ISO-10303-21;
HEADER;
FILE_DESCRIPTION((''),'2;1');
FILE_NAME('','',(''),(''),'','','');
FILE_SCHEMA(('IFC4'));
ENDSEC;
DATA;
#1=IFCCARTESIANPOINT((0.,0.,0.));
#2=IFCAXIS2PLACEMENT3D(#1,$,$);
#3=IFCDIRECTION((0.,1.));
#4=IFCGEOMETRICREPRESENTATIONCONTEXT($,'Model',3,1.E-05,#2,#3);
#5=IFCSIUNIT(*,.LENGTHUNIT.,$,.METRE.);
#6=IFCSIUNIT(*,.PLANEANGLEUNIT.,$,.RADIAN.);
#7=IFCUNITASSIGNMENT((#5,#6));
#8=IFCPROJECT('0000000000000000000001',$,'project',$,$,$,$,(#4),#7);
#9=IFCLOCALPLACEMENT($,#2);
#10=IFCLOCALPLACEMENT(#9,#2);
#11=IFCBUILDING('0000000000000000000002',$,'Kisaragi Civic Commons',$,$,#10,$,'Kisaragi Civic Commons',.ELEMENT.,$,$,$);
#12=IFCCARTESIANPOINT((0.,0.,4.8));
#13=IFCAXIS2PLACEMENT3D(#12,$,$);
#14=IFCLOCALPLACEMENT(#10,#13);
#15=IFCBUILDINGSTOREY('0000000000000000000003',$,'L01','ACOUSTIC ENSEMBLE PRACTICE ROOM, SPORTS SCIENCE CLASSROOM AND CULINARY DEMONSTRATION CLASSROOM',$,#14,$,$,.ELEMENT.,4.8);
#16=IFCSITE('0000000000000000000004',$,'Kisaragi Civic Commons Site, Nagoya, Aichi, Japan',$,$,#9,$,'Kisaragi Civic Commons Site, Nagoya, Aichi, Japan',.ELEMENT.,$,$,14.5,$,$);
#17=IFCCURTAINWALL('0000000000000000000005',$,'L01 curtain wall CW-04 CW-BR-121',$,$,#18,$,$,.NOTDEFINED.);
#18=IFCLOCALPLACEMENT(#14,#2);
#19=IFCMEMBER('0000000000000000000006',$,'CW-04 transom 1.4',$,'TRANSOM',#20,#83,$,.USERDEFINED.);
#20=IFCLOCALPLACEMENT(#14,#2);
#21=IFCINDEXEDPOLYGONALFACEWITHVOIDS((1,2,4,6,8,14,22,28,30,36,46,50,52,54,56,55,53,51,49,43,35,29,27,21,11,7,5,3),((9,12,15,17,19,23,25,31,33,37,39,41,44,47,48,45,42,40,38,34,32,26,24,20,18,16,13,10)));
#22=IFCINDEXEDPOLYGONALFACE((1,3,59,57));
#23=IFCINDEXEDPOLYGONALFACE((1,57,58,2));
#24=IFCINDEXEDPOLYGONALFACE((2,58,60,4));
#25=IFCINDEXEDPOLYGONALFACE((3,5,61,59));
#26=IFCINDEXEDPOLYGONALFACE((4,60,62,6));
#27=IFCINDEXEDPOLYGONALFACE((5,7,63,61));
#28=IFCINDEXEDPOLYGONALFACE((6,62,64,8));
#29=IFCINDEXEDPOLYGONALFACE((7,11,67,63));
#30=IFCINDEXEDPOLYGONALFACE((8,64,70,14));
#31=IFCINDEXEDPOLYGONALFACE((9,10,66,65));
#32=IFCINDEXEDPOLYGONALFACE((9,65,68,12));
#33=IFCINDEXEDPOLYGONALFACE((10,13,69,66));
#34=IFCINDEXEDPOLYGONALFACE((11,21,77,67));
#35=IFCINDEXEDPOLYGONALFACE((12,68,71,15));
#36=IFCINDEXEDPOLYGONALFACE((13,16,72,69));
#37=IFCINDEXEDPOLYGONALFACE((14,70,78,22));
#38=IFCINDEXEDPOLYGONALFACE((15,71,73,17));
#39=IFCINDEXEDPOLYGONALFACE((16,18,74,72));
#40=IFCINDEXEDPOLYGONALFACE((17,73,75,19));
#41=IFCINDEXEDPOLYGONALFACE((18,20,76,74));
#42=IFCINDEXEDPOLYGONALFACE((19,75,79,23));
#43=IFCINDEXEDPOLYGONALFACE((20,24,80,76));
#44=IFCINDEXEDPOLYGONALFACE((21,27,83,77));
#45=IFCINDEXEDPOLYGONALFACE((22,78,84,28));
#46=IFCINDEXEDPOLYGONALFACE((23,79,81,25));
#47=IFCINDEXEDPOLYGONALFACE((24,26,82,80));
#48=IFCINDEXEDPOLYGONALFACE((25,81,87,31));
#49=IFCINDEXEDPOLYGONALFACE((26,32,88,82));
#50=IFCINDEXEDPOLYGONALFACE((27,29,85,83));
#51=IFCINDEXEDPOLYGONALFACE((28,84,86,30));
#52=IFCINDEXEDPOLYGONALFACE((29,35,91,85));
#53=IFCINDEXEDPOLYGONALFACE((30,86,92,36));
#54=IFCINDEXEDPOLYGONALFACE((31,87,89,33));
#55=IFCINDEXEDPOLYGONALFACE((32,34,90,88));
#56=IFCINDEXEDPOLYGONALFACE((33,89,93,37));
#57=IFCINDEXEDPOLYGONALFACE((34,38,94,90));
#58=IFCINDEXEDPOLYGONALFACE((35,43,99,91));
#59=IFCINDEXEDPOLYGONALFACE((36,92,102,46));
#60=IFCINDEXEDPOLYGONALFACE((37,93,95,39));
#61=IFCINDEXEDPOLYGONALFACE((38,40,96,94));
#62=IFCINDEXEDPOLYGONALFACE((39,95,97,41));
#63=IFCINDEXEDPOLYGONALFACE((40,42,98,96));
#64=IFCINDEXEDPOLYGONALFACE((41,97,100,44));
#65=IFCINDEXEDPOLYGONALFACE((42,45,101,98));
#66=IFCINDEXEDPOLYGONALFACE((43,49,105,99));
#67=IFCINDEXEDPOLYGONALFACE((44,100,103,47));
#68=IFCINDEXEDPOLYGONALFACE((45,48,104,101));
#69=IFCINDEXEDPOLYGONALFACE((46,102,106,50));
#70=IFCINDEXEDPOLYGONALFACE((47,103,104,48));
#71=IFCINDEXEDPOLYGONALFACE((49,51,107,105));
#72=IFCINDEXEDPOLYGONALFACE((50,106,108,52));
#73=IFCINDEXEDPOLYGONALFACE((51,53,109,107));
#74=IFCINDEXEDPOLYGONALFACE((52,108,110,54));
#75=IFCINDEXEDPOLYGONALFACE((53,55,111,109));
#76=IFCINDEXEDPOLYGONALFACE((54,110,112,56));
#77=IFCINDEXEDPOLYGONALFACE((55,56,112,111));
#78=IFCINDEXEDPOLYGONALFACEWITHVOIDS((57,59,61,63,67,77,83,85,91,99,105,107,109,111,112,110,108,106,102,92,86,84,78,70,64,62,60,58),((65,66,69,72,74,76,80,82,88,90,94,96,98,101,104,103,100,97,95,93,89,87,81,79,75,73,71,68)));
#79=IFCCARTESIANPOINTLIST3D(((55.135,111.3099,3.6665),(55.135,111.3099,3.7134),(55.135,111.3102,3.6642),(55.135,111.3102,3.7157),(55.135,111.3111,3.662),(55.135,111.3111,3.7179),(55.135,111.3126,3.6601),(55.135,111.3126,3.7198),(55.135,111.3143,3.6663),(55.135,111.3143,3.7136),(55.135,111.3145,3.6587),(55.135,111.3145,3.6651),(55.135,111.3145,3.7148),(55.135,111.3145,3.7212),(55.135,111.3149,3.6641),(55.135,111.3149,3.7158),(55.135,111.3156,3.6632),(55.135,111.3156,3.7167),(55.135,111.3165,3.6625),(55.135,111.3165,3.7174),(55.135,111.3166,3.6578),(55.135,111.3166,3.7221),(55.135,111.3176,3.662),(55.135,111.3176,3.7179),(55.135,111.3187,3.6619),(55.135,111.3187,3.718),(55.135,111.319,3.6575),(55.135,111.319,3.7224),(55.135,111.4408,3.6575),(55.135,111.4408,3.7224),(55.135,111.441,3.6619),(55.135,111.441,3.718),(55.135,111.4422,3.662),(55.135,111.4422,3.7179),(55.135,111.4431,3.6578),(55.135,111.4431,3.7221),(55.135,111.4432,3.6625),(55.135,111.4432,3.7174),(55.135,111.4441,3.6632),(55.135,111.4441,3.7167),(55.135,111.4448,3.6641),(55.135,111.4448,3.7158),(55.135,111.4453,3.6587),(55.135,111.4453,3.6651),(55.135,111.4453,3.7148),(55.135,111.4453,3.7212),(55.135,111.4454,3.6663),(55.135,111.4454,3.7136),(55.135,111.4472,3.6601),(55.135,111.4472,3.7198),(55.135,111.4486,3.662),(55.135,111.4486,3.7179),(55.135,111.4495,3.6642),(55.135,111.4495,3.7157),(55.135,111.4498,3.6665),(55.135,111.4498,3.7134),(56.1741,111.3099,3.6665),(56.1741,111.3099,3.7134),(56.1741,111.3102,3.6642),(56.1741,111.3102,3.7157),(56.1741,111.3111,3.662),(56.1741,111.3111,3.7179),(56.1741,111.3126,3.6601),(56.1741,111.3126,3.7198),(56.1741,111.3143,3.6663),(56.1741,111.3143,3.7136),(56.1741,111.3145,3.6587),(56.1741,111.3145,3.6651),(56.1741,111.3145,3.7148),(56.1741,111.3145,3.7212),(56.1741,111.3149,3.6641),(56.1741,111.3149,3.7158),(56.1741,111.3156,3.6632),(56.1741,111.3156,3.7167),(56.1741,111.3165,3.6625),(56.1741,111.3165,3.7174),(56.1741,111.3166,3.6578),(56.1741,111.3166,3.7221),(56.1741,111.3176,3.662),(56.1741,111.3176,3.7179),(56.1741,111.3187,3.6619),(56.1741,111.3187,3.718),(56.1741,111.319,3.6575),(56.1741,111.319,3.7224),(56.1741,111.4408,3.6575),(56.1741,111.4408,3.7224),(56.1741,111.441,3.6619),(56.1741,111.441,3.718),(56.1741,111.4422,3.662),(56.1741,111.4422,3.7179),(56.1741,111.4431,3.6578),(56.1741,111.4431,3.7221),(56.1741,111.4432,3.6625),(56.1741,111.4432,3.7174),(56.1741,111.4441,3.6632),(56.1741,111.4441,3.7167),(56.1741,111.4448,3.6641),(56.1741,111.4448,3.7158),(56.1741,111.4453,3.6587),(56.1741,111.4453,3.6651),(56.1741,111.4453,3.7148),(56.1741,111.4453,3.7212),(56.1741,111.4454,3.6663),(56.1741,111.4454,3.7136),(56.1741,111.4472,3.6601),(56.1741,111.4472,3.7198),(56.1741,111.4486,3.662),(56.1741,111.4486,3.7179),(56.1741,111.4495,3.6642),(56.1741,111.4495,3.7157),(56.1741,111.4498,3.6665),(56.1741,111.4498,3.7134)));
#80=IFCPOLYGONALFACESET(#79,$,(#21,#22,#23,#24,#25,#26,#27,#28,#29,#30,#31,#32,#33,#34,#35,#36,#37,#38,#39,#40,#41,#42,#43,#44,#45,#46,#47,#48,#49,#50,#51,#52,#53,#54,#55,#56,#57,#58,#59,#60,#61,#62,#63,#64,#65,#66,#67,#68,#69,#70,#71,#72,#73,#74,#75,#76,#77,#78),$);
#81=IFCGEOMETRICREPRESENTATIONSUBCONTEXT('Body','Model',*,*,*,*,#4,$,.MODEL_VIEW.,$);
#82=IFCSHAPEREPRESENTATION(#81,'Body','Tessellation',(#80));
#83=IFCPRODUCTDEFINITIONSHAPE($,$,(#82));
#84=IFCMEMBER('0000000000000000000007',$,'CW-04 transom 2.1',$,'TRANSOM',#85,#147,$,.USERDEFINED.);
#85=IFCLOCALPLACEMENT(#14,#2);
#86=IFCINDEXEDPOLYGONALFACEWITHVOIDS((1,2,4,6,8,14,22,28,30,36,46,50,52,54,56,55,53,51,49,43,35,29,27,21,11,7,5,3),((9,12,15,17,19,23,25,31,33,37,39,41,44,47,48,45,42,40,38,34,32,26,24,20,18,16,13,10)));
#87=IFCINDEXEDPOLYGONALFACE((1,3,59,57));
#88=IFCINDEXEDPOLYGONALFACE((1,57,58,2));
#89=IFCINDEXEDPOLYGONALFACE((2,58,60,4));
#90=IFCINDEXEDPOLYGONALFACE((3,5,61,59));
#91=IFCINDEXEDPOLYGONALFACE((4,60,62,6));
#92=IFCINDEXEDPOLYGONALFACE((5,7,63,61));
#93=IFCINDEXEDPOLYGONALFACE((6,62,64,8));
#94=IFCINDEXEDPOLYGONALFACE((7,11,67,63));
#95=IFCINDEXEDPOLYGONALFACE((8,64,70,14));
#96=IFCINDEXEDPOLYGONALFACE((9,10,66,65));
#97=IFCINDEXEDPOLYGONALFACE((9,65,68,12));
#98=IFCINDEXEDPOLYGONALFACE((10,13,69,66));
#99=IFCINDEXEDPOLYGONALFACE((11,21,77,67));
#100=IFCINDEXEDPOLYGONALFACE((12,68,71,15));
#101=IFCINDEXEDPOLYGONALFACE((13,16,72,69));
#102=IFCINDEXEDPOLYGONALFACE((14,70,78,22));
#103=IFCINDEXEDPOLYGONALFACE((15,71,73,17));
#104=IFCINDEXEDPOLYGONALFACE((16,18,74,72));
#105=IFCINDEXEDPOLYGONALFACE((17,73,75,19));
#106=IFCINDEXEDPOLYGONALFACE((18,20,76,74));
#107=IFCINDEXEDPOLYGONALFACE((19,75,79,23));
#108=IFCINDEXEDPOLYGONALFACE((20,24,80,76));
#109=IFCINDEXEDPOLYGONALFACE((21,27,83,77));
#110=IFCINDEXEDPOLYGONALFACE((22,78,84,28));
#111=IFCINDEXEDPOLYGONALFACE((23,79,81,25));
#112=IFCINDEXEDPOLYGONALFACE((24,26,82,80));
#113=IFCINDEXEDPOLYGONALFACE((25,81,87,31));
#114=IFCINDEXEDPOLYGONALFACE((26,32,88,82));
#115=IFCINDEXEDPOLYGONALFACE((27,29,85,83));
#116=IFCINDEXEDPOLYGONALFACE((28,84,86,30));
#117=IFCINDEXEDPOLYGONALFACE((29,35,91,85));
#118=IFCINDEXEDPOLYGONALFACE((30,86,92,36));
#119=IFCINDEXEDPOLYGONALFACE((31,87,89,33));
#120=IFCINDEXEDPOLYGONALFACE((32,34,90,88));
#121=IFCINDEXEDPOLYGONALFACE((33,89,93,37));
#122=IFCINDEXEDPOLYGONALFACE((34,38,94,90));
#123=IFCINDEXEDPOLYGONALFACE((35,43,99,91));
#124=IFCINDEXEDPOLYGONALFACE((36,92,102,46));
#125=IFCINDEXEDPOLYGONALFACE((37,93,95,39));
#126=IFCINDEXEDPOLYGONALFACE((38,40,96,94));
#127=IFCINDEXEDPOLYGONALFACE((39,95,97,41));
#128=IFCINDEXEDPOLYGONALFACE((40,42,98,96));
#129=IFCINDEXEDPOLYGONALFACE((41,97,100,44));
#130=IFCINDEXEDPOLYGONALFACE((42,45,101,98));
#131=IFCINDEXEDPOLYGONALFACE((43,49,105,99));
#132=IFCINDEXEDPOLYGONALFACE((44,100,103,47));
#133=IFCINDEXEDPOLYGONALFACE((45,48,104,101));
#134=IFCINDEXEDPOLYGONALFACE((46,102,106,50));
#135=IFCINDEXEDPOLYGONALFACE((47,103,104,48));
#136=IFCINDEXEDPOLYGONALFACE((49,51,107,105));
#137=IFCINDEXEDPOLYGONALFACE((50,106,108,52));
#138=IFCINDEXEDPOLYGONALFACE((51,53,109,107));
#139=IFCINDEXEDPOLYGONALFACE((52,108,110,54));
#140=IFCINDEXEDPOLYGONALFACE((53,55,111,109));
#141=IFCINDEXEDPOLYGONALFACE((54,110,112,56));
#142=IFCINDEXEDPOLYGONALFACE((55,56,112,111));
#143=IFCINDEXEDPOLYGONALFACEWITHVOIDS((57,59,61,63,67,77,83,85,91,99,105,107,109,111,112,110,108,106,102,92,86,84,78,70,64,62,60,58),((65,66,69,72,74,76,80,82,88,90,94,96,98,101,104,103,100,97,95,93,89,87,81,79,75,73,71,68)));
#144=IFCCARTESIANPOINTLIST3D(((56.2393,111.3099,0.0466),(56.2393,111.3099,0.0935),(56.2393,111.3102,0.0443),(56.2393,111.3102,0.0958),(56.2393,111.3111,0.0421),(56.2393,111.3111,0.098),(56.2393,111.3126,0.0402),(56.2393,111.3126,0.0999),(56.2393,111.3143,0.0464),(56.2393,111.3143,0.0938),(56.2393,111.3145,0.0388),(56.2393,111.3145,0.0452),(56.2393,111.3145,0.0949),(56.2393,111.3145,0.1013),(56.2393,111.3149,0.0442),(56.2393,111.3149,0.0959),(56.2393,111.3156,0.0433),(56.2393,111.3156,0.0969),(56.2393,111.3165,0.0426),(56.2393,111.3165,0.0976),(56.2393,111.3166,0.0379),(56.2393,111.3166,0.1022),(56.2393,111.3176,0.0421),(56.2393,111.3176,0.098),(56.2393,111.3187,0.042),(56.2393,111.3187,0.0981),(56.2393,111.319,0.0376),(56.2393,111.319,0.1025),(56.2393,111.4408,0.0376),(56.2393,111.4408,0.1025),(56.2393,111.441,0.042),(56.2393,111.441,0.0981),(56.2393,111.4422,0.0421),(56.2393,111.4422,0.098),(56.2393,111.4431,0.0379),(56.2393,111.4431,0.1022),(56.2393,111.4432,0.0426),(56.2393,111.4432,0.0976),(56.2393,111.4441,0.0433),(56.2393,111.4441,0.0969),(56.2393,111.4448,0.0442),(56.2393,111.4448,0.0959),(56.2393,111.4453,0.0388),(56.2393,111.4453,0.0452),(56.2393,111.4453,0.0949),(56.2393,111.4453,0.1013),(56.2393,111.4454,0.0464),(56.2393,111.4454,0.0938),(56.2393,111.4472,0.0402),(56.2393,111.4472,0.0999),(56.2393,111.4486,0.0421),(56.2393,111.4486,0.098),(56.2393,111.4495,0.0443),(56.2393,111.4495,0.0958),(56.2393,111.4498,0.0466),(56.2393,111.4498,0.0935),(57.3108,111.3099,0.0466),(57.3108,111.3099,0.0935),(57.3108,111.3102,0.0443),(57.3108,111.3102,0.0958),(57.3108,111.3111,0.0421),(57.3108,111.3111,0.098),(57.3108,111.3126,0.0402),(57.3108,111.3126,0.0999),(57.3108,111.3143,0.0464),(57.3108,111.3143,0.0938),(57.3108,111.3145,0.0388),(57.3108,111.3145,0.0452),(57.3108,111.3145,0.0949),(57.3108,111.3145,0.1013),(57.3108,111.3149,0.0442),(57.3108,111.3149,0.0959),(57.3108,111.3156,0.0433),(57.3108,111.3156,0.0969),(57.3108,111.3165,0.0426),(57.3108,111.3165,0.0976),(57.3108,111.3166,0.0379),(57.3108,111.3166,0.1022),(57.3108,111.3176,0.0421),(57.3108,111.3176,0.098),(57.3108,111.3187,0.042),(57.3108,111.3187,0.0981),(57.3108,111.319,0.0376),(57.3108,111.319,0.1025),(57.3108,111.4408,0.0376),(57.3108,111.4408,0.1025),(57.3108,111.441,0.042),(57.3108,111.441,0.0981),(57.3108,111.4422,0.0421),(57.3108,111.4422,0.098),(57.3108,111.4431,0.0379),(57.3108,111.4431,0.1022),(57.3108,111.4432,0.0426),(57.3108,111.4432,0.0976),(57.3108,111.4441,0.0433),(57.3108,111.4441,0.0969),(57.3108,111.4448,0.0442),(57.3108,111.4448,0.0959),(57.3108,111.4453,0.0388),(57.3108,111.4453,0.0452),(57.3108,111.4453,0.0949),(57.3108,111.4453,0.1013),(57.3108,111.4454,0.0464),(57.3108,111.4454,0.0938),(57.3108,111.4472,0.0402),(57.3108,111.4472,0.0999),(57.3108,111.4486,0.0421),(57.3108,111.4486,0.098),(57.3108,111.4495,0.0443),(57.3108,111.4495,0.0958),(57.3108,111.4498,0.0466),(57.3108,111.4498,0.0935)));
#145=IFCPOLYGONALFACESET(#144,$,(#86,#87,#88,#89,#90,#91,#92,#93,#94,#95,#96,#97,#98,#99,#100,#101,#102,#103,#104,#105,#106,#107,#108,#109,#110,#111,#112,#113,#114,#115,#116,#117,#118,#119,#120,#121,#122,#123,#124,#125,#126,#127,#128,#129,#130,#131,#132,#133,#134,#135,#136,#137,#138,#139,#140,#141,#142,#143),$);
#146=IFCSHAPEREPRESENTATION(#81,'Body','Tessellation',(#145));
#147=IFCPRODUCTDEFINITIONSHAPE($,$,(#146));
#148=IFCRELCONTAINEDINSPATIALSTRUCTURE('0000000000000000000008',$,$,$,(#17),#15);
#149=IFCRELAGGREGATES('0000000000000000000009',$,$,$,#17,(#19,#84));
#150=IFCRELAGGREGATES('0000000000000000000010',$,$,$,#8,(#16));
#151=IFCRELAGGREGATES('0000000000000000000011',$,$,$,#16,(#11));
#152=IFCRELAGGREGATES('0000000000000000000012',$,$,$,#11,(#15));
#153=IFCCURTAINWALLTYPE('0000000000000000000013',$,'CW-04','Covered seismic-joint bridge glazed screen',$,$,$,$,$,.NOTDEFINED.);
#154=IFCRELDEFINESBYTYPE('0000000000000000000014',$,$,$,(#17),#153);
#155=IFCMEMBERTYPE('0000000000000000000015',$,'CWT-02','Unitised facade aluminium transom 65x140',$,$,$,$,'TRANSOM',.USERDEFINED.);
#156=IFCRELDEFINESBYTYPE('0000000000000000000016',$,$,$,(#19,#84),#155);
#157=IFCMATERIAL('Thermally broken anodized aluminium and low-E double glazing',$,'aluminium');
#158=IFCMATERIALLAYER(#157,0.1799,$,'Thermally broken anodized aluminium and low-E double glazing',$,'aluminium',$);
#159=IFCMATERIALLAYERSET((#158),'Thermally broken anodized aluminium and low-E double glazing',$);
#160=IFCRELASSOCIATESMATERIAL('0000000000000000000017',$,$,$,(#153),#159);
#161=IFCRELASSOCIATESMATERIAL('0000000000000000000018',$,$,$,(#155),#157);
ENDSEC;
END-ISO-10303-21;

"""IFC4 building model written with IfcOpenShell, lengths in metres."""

from ifc_helpers import new_model, si_unit, direction, frame, origin, origin_2d, place, context, subcontext, project, spatial, hollow_rectangle, extrude, material, layer, layer_set, material_profile, profile_set, type_object, element, aggregate, save


model = new_model("IFC4")

# Units and contexts
model_context = context("Model", 3, precision=1e-05, world=origin(), true_north=direction((0.0, 1.0)))
body_context = subcontext(model_context, "Body", "Model", "MODEL_VIEW")
ifc_project = project(units=[si_unit("LENGTHUNIT", "METRE"), si_unit("PLANEANGLEUNIT", "RADIAN")], contexts=[model_context])

# Site, building, storey
site_placement = place(None, origin())
site = spatial("IfcSite", under=ifc_project, at=site_placement, Name="Kisaragi Civic Commons Site, Nagoya, Aichi, Japan", LongName="Kisaragi Civic Commons Site, Nagoya, Aichi, Japan", CompositionType="ELEMENT", RefElevation=14.5)
building_placement = place(site_placement, origin())
building = spatial("IfcBuilding", under=site, at=building_placement, Name="Kisaragi Civic Commons", LongName="Kisaragi Civic Commons", CompositionType="ELEMENT")
storey_placement = place(building_placement, frame((0.0, 0.0, 4.8)))
storey = spatial("IfcBuildingStorey", under=building, at=storey_placement, Name="L01", Description="ACOUSTIC ENSEMBLE PRACTICE ROOM, SPORTS SCIENCE CLASSROOM AND CULINARY DEMONSTRATION CLASSROOM", CompositionType="ELEMENT", Elevation=4.8)

# Curtain wall, members
ifc_material = material(Name="Thermally broken anodized aluminium and low-E double glazing", Category="aluminium")
ifc_layer_1 = layer(ifc_material, 0.1799, Name="Thermally broken anodized aluminium and low-E double glazing", Category="aluminium")
ifc_layer_set_1 = layer_set([ifc_layer_1], Name="Thermally broken anodized aluminium and low-E double glazing")
curtain_wall_type = type_object("IfcCurtainWallType", Name="CW-04", Description="Covered seismic-joint bridge glazed screen", PredefinedType="NOTDEFINED", material=ifc_layer_set_1)
curtain_wall_1_placement = place(storey_placement, origin())
curtain_wall_1 = element("IfcCurtainWall", 1, at=curtain_wall_1_placement, inside=storey, type_object=curtain_wall_type, Name="L01 curtain wall CW-04 CW-BR-121", PredefinedType="NOTDEFINED")
ifc_material_profile_1 = material_profile(ifc_material, hollow_rectangle(XDim=0.1399, YDim=0.0649, WallThickness=0.0044, InnerFilletRadius=0.0044, OuterFilletRadius=0.009, at=origin_2d()), Name="CWT-65x140x4.5", Category="aluminium")
ifc_profile_set_1 = profile_set([ifc_material_profile_1], Name="Thermally broken anodized aluminium and low-E double glazing")
member_type_1 = type_object("IfcMemberType", Name="CWT-02", Description="Unitised facade aluminium transom 65x140", ElementType="TRANSOM", PredefinedType="USERDEFINED", material=ifc_profile_set_1)
member_1_placement = place(storey_placement, frame((55.135, 111.3799, 3.6899), z_axis=(1.0, 0.0, 0.0), x_axis=(0.0, 1.0, 0.0)))
member_1 = element("IfcMember", 2, at=member_1_placement, type_object=member_type_1, Name="CW-04 transom 1.4", ObjectType="TRANSOM", PredefinedType="USERDEFINED", context=body_context, shape_type="SweptSolid", body=[
    extrude(hollow_rectangle(XDim=0.1399, YDim=0.0649, WallThickness=0.0044, InnerFilletRadius=0.0044, OuterFilletRadius=0.009, at=origin_2d()), origin(), (0.0, 0.0, 1.0), 1.0391),
])
member_2_placement = place(storey_placement, frame((56.2393, 111.3799, 0.0701), z_axis=(1.0, 0.0, 0.0), x_axis=(0.0, 1.0, 0.0)))
member_2 = element("IfcMember", 3, at=member_2_placement, type_object=member_type_1, Name="CW-04 transom 2.1", ObjectType="TRANSOM", PredefinedType="USERDEFINED", context=body_context, shape_type="SweptSolid", body=[
    extrude(hollow_rectangle(XDim=0.1399, YDim=0.0649, WallThickness=0.0044, InnerFilletRadius=0.0044, OuterFilletRadius=0.009, at=origin_2d()), origin(), (0.0, 0.0, 1.0), 1.0715),
])

aggregate(curtain_wall_1, [member_1, member_2])

save(model, "model.ifc")
